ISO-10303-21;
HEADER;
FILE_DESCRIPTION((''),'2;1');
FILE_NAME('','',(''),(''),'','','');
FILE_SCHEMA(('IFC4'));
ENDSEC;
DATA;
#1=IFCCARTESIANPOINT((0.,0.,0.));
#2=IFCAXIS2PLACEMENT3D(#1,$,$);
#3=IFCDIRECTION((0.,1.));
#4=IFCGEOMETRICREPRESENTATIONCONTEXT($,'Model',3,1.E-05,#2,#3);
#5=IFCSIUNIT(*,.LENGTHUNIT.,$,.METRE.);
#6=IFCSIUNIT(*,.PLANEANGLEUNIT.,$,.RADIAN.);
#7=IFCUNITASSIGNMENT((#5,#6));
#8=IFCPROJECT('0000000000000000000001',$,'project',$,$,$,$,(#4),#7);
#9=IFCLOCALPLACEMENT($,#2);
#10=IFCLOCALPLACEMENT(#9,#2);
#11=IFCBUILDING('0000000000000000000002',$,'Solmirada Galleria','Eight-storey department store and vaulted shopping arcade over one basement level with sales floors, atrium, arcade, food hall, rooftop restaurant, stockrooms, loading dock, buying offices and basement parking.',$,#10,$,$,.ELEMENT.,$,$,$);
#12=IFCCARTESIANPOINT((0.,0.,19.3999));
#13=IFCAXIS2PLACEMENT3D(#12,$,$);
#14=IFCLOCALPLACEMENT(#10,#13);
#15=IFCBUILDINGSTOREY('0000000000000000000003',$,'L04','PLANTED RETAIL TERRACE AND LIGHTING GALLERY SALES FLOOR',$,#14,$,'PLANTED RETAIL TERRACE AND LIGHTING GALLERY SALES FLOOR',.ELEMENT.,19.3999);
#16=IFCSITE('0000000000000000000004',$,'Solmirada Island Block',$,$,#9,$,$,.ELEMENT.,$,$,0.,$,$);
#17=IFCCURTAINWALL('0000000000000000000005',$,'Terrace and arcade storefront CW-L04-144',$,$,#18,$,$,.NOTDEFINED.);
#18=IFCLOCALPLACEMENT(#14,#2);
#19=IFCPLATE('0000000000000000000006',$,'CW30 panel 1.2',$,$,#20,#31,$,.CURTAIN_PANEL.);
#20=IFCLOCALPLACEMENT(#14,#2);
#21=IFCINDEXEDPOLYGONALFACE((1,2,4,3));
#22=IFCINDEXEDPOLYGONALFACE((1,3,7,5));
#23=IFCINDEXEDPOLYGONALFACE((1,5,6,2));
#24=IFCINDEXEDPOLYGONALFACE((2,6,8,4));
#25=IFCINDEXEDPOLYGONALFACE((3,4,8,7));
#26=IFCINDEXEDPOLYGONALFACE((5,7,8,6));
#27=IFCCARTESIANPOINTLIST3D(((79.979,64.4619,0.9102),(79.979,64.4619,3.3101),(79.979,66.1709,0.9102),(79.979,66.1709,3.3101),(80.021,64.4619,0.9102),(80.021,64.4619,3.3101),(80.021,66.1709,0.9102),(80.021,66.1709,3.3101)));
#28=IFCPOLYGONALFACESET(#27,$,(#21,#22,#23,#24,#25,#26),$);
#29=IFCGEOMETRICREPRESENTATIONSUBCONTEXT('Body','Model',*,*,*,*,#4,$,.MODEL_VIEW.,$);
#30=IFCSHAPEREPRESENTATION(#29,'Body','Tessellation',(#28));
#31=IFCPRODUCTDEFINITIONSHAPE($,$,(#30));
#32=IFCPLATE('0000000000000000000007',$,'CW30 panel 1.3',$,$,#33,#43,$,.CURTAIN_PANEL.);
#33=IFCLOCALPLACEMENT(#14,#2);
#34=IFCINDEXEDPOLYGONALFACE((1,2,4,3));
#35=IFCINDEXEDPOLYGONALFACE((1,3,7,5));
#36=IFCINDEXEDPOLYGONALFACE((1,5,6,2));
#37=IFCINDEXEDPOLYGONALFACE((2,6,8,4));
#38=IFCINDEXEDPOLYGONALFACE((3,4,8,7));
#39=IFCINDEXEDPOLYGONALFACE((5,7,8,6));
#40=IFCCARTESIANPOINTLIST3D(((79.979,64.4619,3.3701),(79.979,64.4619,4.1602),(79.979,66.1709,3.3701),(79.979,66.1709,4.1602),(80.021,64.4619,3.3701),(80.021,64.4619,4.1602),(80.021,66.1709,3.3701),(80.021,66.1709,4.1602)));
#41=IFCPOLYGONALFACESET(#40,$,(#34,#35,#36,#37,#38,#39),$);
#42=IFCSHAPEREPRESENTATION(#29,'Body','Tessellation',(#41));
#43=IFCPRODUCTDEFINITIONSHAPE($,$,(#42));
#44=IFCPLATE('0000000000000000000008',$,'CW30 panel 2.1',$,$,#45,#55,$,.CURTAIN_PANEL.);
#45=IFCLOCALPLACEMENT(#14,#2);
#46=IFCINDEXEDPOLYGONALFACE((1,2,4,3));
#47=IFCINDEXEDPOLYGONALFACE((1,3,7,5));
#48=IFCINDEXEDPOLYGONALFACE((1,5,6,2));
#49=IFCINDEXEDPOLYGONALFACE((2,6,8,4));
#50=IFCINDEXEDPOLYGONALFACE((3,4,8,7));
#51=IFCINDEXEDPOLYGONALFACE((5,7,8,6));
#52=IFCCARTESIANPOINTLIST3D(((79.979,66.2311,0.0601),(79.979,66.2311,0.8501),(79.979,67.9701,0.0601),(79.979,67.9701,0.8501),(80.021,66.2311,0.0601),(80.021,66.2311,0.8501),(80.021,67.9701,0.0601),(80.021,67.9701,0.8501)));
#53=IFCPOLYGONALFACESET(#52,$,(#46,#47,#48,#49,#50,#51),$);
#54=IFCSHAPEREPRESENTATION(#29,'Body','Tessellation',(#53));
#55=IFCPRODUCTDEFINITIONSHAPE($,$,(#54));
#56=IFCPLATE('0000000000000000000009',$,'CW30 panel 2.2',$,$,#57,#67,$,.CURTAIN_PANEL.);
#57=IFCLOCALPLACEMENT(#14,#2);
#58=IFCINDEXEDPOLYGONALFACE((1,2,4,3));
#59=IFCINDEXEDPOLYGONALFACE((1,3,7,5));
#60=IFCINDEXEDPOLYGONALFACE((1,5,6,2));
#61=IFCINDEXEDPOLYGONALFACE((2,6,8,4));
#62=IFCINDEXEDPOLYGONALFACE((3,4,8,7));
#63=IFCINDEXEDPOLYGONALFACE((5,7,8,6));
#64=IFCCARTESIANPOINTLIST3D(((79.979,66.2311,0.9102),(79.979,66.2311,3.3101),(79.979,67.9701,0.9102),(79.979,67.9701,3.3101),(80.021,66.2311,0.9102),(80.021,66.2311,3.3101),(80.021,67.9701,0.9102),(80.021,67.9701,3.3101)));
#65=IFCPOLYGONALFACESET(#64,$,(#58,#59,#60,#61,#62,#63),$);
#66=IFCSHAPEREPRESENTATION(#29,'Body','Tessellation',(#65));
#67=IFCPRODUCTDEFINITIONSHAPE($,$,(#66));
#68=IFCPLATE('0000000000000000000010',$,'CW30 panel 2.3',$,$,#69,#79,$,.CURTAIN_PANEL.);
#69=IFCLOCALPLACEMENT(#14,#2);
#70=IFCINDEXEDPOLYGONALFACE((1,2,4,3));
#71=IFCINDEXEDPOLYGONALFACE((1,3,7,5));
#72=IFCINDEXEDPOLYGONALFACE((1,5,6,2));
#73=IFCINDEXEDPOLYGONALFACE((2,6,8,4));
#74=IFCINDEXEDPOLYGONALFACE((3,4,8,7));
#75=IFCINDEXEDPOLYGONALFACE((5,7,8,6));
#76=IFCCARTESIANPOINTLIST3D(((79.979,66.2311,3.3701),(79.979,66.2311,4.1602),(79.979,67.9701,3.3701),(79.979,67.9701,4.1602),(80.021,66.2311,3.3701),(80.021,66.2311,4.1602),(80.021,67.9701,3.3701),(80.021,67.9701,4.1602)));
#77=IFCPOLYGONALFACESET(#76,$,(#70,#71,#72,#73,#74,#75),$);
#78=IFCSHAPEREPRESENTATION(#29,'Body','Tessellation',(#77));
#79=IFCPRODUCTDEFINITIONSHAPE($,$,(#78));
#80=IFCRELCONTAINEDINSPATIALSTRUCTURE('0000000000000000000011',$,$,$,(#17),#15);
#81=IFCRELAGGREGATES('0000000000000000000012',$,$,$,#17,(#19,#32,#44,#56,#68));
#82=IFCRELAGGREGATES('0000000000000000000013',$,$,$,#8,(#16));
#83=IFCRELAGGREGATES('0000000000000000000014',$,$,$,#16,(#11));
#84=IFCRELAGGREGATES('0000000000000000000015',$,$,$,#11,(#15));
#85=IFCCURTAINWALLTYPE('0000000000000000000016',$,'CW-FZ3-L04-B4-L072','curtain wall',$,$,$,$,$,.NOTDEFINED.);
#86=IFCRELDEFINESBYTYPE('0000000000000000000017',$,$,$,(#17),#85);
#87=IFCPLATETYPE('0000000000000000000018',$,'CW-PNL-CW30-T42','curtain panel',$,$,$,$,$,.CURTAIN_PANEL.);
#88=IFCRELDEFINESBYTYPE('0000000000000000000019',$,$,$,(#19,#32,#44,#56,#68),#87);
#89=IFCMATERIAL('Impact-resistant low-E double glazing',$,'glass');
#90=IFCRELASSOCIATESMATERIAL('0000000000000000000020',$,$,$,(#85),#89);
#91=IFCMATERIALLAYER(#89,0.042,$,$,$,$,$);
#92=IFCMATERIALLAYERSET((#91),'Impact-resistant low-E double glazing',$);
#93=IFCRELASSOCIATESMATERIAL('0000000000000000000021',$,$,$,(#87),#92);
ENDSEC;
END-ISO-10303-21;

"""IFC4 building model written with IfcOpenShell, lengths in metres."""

from ifc_helpers import new_model, si_unit, direction, frame, origin, origin_2d, place, context, subcontext, project, spatial, rectangle, extrude, material, layer, layer_set, type_object, element, aggregate, save


model = new_model("IFC4")

# Units and contexts
model_context = context("Model", 3, precision=1e-05, world=origin(), true_north=direction((0.0, 1.0)))
body_context = subcontext(model_context, "Body", "Model", "MODEL_VIEW")
ifc_project = project(units=[si_unit("LENGTHUNIT", "METRE"), si_unit("PLANEANGLEUNIT", "RADIAN")], contexts=[model_context])

# Site, building, storey
site_placement = place(None, origin())
site = spatial("IfcSite", under=ifc_project, at=site_placement, Name="Solmirada Island Block", CompositionType="ELEMENT", RefElevation=0.0)
building_placement = place(site_placement, origin())
building = spatial("IfcBuilding", under=site, at=building_placement, Name="Solmirada Galleria", Description="Eight-storey department store and vaulted shopping arcade over one basement level with sales floors, atrium, arcade, food hall, rooftop restaurant, stockrooms, loading dock, buying offices and basement parking.", CompositionType="ELEMENT")
storey_placement = place(building_placement, frame((0.0, 0.0, 19.3999)))
storey = spatial("IfcBuildingStorey", under=building, at=storey_placement, Name="L04", Description="PLANTED RETAIL TERRACE AND LIGHTING GALLERY SALES FLOOR", LongName="PLANTED RETAIL TERRACE AND LIGHTING GALLERY SALES FLOOR", CompositionType="ELEMENT", Elevation=19.3999)

# Shared definitions
ifc_material_1 = material(Name="Impact-resistant low-E double glazing", Category="glass")
curtain_wall_type = type_object("IfcCurtainWallType", Name="CW-FZ3-L04-B4-L072", Description="curtain wall", PredefinedType="NOTDEFINED", material=ifc_material_1)

# Curtain wall
curtain_wall_1_placement = place(storey_placement, origin())
curtain_wall_1 = element("IfcCurtainWall", 1, at=curtain_wall_1_placement, inside=storey, type_object=curtain_wall_type, Name="Terrace and arcade storefront CW-L04-144", PredefinedType="NOTDEFINED")

# Plates
ifc_layer = layer(ifc_material_1, 0.042)
ifc_layer_set = layer_set([ifc_layer], Name="Impact-resistant low-E double glazing")
plate_type = type_object("IfcPlateType", Name="CW-PNL-CW30-T42", Description="curtain panel", PredefinedType="CURTAIN_PANEL", material=ifc_layer_set)
plate_1_placement = place(storey_placement, frame((80.0, 65.3164, 0.9102), z_axis=(0.0, 0.0, 1.0), x_axis=(0.0, 1.0, 0.0)))
plate_1 = element("IfcPlate", 2, at=plate_1_placement, type_object=plate_type, Name="CW30 panel 1.2", PredefinedType="CURTAIN_PANEL", context=body_context, shape_type="SweptSolid", body=[
    extrude(rectangle(XDim=1.709, YDim=0.042, at=origin_2d()), origin(), (0.0, 0.0, 1.0), 2.3999),
])
plate_2_placement = place(storey_placement, frame((80.0, 65.3164, 3.3701), z_axis=(0.0, 0.0, 1.0), x_axis=(0.0, 1.0, 0.0)))
plate_2 = element("IfcPlate", 3, at=plate_2_placement, type_object=plate_type, Name="CW30 panel 1.3", PredefinedType="CURTAIN_PANEL", context=body_context, shape_type="SweptSolid", body=[
    extrude(rectangle(XDim=1.709, YDim=0.042, at=origin_2d()), origin(), (0.0, 0.0, 1.0), 0.79),
])
plate_3_placement = place(storey_placement, frame((80.0, 67.1006, 0.0601), z_axis=(0.0, 0.0, 1.0), x_axis=(0.0, 1.0, 0.0)))
plate_3 = element("IfcPlate", 4, at=plate_3_placement, type_object=plate_type, Name="CW30 panel 2.1", PredefinedType="CURTAIN_PANEL", context=body_context, shape_type="SweptSolid", body=[
    extrude(rectangle(XDim=1.739, YDim=0.042, at=origin_2d()), origin(), (0.0, 0.0, 1.0), 0.79),
])
plate_4_placement = place(storey_placement, frame((80.0, 67.1006, 0.9102), z_axis=(0.0, 0.0, 1.0), x_axis=(0.0, 1.0, 0.0)))
plate_4 = element("IfcPlate", 5, at=plate_4_placement, type_object=plate_type, Name="CW30 panel 2.2", PredefinedType="CURTAIN_PANEL", context=body_context, shape_type="SweptSolid", body=[
    extrude(rectangle(XDim=1.739, YDim=0.042, at=origin_2d()), origin(), (0.0, 0.0, 1.0), 2.3999),
])
plate_5_placement = place(storey_placement, frame((80.0, 67.1006, 3.3701), z_axis=(0.0, 0.0, 1.0), x_axis=(0.0, 1.0, 0.0)))
plate_5 = element("IfcPlate", 6, at=plate_5_placement, type_object=plate_type, Name="CW30 panel 2.3", PredefinedType="CURTAIN_PANEL", context=body_context, shape_type="SweptSolid", body=[
    extrude(rectangle(XDim=1.739, YDim=0.042, at=origin_2d()), origin(), (0.0, 0.0, 1.0), 0.79),
])
aggregate(curtain_wall_1, [plate_1, plate_2, plate_3, plate_4, plate_5])

save(model, "model.ifc")
